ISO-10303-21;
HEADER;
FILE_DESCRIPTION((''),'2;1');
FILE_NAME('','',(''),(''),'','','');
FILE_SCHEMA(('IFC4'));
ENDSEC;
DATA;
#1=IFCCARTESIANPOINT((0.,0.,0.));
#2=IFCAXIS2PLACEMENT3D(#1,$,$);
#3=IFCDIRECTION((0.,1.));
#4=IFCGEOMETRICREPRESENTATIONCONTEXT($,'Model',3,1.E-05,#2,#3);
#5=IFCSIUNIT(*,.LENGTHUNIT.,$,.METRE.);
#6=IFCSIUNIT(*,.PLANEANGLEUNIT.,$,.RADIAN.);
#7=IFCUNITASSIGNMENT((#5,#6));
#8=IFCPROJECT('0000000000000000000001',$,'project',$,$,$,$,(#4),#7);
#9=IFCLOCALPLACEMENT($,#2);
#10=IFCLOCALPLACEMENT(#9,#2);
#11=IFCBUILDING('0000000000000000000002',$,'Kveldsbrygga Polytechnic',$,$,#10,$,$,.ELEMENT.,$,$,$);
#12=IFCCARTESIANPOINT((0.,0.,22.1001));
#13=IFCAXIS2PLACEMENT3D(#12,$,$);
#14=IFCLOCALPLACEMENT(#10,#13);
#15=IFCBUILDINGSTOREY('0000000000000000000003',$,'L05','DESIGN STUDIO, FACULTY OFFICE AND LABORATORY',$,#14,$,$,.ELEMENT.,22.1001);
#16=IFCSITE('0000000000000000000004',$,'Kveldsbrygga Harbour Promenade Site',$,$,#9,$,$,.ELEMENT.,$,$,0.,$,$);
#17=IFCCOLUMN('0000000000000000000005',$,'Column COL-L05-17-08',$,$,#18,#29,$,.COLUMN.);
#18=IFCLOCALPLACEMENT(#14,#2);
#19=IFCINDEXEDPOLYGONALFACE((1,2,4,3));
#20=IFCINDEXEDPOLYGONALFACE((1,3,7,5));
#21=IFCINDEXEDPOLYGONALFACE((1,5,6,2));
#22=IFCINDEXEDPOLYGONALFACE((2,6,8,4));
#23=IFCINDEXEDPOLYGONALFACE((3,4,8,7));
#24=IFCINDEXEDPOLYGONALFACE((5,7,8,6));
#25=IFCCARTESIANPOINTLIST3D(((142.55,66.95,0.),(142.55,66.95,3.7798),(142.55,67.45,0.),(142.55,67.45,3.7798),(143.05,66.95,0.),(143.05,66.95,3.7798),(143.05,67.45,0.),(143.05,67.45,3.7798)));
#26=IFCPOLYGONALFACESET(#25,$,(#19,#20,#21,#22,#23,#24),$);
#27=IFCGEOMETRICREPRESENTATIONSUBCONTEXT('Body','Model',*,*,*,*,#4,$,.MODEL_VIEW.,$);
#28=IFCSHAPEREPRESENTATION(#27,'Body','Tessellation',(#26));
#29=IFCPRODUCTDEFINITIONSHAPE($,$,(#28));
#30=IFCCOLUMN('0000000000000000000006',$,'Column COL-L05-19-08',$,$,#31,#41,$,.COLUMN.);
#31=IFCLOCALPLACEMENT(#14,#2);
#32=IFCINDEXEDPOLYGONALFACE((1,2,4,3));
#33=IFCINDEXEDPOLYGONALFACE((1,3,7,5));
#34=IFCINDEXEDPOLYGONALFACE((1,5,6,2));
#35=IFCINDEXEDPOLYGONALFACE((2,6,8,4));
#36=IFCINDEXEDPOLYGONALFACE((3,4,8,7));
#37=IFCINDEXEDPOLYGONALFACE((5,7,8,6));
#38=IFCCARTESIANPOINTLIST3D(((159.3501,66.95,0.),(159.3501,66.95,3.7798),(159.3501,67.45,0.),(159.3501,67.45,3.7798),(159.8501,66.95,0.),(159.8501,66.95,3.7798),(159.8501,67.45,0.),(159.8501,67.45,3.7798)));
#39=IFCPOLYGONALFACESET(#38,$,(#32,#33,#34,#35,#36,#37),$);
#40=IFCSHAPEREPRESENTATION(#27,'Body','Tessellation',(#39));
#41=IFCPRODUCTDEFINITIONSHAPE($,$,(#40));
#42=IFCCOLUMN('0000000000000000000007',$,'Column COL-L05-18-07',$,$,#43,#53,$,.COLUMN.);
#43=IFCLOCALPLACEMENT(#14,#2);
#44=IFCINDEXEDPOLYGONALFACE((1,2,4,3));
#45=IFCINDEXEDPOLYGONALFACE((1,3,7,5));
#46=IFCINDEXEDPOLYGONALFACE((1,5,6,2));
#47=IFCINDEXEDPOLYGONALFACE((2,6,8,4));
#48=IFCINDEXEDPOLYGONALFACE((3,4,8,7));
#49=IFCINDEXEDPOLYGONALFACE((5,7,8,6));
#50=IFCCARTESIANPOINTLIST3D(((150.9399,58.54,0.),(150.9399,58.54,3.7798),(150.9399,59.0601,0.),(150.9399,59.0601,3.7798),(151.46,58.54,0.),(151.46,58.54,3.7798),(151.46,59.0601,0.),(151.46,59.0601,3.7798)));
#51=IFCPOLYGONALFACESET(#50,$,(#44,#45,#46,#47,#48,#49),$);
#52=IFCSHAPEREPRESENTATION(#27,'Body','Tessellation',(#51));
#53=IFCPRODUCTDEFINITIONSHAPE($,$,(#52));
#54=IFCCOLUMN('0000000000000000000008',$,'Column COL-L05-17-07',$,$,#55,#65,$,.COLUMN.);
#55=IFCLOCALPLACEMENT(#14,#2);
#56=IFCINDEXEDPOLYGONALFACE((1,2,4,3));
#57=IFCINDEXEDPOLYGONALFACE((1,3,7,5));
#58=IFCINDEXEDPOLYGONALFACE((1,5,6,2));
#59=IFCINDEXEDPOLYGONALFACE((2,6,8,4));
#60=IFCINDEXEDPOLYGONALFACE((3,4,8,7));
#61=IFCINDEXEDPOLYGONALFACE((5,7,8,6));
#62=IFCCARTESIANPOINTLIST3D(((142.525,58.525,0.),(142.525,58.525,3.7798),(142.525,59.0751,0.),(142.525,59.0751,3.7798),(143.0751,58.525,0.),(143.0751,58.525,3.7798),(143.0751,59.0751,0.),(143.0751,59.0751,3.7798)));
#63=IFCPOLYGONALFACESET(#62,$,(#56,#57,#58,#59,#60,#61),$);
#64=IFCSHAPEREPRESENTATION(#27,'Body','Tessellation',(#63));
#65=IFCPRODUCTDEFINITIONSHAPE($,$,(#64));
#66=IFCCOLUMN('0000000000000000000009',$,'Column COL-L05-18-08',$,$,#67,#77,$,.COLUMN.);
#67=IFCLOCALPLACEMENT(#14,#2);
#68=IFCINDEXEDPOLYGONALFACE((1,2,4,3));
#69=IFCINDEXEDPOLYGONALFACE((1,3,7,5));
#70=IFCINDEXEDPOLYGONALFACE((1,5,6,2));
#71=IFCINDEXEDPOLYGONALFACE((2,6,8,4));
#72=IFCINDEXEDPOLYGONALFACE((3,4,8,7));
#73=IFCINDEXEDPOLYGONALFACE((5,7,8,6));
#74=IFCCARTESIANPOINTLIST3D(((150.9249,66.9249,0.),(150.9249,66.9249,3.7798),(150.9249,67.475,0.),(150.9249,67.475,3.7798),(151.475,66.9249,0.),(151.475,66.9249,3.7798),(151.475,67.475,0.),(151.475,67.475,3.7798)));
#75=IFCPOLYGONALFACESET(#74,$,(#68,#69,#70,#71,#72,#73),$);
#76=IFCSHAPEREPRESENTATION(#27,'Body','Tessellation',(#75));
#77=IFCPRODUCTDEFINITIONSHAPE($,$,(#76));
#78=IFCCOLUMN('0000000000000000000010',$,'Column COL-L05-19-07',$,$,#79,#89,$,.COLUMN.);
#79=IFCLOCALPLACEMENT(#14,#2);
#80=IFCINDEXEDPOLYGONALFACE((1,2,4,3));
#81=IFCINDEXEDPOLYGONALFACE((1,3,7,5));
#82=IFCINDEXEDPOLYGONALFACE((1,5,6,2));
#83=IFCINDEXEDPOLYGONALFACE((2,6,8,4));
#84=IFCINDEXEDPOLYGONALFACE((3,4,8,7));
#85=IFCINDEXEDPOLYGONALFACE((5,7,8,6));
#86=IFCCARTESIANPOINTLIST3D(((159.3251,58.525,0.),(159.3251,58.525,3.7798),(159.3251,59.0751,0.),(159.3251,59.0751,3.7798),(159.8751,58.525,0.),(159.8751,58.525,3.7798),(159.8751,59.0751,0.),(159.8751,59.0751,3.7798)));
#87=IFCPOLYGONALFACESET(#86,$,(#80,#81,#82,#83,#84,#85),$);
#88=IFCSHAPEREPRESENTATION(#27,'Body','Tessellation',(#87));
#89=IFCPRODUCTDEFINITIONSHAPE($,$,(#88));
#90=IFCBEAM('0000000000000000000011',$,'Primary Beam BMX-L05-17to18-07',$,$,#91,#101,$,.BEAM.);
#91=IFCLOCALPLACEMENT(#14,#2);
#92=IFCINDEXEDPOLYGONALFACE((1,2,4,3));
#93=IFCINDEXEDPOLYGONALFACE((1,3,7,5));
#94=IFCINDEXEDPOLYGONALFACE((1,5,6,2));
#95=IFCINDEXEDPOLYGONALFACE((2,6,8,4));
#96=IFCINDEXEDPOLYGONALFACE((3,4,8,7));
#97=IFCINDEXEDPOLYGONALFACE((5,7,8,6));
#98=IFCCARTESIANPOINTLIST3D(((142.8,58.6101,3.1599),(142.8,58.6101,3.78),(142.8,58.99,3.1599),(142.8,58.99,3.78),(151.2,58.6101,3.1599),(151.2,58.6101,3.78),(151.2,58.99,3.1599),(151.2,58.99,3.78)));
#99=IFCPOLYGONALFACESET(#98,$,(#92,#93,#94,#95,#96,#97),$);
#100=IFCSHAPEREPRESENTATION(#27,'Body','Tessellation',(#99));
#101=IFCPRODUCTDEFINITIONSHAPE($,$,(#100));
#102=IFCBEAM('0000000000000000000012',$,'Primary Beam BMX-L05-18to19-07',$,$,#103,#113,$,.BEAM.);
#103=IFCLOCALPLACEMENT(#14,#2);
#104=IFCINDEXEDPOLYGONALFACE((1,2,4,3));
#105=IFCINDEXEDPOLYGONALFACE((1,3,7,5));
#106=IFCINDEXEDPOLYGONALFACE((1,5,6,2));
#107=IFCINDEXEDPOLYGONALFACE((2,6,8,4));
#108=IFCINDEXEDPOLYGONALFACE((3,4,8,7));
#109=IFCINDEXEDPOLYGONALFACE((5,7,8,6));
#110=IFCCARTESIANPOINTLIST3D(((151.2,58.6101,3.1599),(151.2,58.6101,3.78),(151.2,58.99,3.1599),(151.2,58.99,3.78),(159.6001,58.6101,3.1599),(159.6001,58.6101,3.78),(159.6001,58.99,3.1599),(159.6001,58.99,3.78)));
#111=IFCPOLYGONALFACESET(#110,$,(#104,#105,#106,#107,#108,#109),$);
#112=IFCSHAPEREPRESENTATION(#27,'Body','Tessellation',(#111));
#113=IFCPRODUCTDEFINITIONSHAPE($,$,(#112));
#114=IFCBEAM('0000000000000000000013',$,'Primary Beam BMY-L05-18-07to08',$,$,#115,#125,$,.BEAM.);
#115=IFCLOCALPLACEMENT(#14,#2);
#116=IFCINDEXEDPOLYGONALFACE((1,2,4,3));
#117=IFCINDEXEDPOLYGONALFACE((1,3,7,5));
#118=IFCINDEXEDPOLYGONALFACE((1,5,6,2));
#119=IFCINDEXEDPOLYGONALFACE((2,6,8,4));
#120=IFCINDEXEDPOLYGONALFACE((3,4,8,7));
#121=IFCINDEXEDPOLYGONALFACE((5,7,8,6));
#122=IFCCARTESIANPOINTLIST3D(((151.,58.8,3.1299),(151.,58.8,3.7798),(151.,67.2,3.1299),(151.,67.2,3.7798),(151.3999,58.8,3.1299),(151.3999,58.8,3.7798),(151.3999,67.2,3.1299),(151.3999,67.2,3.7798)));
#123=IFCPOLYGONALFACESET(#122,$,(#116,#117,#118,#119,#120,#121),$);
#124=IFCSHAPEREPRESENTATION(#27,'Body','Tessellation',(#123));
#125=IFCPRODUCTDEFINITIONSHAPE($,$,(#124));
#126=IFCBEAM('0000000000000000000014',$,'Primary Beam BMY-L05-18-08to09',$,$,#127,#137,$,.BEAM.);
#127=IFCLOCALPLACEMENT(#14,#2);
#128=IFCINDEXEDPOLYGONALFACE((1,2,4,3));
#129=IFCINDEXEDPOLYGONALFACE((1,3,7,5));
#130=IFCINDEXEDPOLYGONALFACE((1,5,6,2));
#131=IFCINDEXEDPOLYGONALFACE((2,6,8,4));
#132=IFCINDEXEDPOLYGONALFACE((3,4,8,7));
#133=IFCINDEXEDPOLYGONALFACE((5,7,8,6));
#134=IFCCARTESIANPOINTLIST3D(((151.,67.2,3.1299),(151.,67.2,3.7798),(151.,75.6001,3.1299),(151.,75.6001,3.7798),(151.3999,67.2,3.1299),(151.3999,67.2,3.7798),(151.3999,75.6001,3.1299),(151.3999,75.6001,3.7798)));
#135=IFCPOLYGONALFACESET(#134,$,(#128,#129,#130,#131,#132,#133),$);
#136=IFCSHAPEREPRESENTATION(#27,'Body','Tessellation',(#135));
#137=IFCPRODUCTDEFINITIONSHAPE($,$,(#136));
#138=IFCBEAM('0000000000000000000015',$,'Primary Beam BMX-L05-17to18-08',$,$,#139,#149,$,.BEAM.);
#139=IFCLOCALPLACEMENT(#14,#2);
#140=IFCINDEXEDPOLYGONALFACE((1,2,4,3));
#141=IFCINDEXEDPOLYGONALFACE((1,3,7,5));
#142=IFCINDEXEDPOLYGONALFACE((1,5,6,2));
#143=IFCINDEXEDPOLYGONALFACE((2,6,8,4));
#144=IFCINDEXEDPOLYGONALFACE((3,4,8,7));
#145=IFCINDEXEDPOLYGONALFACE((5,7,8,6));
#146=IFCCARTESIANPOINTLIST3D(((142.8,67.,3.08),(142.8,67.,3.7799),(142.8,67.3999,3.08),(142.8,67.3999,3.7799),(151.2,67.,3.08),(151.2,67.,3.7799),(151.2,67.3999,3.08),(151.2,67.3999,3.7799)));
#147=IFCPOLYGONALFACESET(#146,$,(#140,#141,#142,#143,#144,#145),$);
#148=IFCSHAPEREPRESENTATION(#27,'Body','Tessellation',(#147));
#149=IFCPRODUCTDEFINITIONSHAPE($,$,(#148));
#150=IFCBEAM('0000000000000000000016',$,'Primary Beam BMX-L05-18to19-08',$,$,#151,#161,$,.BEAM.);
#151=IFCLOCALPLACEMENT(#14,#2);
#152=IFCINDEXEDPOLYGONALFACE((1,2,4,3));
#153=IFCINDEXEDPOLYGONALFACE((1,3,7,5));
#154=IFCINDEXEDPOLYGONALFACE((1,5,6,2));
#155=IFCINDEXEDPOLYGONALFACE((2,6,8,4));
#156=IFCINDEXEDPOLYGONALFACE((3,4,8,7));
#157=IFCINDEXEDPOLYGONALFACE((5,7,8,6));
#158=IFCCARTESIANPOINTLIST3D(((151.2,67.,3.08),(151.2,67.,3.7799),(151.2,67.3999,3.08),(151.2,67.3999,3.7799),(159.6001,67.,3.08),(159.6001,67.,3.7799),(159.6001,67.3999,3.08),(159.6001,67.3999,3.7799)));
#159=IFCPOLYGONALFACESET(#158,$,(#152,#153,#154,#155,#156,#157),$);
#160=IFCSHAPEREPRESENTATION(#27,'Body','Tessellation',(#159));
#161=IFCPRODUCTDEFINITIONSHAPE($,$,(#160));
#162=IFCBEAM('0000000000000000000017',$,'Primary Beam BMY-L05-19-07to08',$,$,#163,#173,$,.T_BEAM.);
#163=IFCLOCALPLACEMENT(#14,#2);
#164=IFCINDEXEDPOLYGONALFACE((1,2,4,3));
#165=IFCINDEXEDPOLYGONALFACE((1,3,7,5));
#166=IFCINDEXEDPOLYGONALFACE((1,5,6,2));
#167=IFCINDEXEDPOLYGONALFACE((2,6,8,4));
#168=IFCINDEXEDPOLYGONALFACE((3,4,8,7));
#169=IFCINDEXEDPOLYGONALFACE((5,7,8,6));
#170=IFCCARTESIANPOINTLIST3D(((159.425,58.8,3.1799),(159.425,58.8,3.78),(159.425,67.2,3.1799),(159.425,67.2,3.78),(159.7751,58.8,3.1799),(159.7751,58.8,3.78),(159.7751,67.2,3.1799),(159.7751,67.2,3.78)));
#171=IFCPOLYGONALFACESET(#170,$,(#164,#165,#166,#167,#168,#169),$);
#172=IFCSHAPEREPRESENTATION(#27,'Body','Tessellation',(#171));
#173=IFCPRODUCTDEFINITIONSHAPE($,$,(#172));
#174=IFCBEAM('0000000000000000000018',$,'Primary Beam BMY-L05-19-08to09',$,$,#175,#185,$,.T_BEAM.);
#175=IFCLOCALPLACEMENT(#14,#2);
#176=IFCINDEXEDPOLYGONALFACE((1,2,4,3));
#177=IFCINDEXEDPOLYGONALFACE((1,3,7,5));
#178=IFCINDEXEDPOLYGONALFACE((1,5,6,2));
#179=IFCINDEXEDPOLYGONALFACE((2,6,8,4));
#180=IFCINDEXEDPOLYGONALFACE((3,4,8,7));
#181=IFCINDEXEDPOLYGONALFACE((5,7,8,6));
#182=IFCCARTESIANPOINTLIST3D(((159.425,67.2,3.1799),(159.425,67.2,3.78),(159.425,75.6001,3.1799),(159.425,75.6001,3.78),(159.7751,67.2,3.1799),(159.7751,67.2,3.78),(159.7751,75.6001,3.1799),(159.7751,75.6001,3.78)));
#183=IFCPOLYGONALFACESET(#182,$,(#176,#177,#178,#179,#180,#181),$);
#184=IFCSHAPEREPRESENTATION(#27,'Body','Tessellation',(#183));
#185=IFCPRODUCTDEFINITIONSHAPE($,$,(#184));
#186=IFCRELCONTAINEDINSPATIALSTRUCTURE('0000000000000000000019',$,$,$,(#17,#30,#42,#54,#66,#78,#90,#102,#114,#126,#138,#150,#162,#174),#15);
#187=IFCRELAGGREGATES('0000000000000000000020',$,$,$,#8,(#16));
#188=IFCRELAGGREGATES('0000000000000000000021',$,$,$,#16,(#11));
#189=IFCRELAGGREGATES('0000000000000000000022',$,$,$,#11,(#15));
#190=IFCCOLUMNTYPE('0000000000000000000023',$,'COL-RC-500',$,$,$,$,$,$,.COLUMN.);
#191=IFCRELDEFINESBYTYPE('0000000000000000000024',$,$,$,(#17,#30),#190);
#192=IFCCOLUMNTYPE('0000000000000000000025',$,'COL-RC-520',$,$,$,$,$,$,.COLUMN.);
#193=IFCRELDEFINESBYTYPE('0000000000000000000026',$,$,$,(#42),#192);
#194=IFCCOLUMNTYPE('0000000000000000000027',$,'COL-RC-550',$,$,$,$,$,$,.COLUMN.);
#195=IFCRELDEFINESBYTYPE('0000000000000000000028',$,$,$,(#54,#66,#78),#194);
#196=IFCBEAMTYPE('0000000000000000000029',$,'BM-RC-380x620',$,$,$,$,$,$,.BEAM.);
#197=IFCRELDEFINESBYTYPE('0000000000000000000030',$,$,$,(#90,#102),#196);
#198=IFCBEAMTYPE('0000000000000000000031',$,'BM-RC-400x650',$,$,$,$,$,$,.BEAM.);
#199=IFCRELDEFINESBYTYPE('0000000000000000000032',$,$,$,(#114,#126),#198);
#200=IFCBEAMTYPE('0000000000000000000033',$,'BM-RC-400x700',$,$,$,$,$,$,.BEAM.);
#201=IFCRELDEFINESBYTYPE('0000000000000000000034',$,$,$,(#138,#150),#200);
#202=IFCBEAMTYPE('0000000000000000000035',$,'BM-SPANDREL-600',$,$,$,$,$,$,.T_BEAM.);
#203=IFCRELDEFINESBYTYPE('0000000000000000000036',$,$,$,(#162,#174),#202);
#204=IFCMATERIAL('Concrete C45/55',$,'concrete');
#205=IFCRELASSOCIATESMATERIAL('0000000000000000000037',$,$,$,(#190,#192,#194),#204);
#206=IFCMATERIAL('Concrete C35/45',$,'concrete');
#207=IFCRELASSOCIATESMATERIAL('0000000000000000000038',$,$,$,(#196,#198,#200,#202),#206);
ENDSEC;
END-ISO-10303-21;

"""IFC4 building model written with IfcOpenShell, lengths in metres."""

from ifc_helpers import new_model, si_unit, direction, frame, origin, origin_2d, place, context, subcontext, project, spatial, rectangle, extrude, material, material_profile, profile_set, type_object, element, save


model = new_model("IFC4")

# Units and contexts
model_context = context("Model", 3, precision=1e-05, world=origin(), true_north=direction((0.0, 1.0)))
body_context = subcontext(model_context, "Body", "Model", "MODEL_VIEW")
ifc_project = project(units=[si_unit("LENGTHUNIT", "METRE"), si_unit("PLANEANGLEUNIT", "RADIAN")], contexts=[model_context])

# Site, building, storey
site_placement = place(None, origin())
site = spatial("IfcSite", under=ifc_project, at=site_placement, Name="Kveldsbrygga Harbour Promenade Site", CompositionType="ELEMENT", RefElevation=0.0)
building_placement = place(site_placement, origin())
building = spatial("IfcBuilding", under=site, at=building_placement, Name="Kveldsbrygga Polytechnic", CompositionType="ELEMENT")
storey_placement = place(building_placement, frame((0.0, 0.0, 22.1001)))
storey = spatial("IfcBuildingStorey", under=building, at=storey_placement, Name="L05", Description="DESIGN STUDIO, FACULTY OFFICE AND LABORATORY", CompositionType="ELEMENT", Elevation=22.1001)

# Columns
ifc_material_1 = material(Name="Concrete C45/55", Category="concrete")
ifc_material_profile_1 = material_profile(ifc_material_1, rectangle(XDim=0.5, YDim=0.5, at=origin_2d()), Name="RC 500x500")
ifc_profile_set_1 = profile_set([ifc_material_profile_1], Name="Concrete C45/55")
column_type_1 = type_object("IfcColumnType", Name="COL-RC-500", PredefinedType="COLUMN", material=ifc_profile_set_1)
for number, where, z_axis, x_axis, name in (
    (1, (142.8, 67.2, 0.0), (0.0, 0.0, 1.0), (1.0, 0.0, 0.0), "Column COL-L05-17-08"),
    (2, (159.6001, 67.2, 0.0), (0.0, 0.0, 1.0), (1.0, 0.0, 0.0), "Column COL-L05-19-08"),
):
    element("IfcColumn", number, at=place(storey_placement, frame(where, z_axis=z_axis, x_axis=x_axis)), inside=storey, type_object=column_type_1, Name=name, PredefinedType="COLUMN", context=body_context, shape_type="SweptSolid", body=[
        extrude(rectangle(XDim=0.5, YDim=0.5, at=origin_2d()), origin(), (0.0, 0.0, 1.0), 3.7798),
    ])
ifc_material_profile_2 = material_profile(ifc_material_1, rectangle(XDim=0.52, YDim=0.52, at=origin_2d()), Name="RC 520x520")
ifc_profile_set_2 = profile_set([ifc_material_profile_2], Name="Concrete C45/55")
column_type_2 = type_object("IfcColumnType", Name="COL-RC-520", PredefinedType="COLUMN", material=ifc_profile_set_2)
column_placement = place(storey_placement, frame((151.2, 58.8, 0.0), z_axis=(0.0, 0.0, 1.0), x_axis=(1.0, 0.0, 0.0)))
element("IfcColumn", 3, at=column_placement, inside=storey, type_object=column_type_2, Name="Column COL-L05-18-07", PredefinedType="COLUMN", context=body_context, shape_type="SweptSolid", body=[
    extrude(rectangle(XDim=0.52, YDim=0.52, at=origin_2d()), origin(), (0.0, 0.0, 1.0), 3.7798),
])
ifc_material_profile_3 = material_profile(ifc_material_1, rectangle(XDim=0.55, YDim=0.55, at=origin_2d()), Name="RC 550x550")
ifc_profile_set_3 = profile_set([ifc_material_profile_3], Name="Concrete C45/55")
column_type_3 = type_object("IfcColumnType", Name="COL-RC-550", PredefinedType="COLUMN", material=ifc_profile_set_3)
for number, where, z_axis, x_axis, name in (
    (4, (142.8, 58.8, 0.0), (0.0, 0.0, 1.0), (1.0, 0.0, 0.0), "Column COL-L05-17-07"),
    (5, (151.2, 67.2, 0.0), (0.0, 0.0, 1.0), (1.0, 0.0, 0.0), "Column COL-L05-18-08"),
    (6, (159.6001, 58.8, 0.0), (0.0, 0.0, 1.0), (1.0, 0.0, 0.0), "Column COL-L05-19-07"),
):
    element("IfcColumn", number, at=place(storey_placement, frame(where, z_axis=z_axis, x_axis=x_axis)), inside=storey, type_object=column_type_3, Name=name, PredefinedType="COLUMN", context=body_context, shape_type="SweptSolid", body=[
        extrude(rectangle(XDim=0.55, YDim=0.55, at=origin_2d()), origin(), (0.0, 0.0, 1.0), 3.7798),
    ])

# Beams
ifc_material_2 = material(Name="Concrete C35/45", Category="concrete")
ifc_material_profile_4 = material_profile(ifc_material_2, rectangle(XDim=0.3799, YDim=0.6201, at=origin_2d()), Name="RC 380x620")
ifc_profile_set_4 = profile_set([ifc_material_profile_4], Name="Concrete C35/45")
beam_type_1 = type_object("IfcBeamType", Name="BM-RC-380x620", PredefinedType="BEAM", material=ifc_profile_set_4)
beam_1_placement = place(storey_placement, frame((142.8, 58.8, 3.47), z_axis=(1.0, 0.0, 0.0), x_axis=(0.0, 1.0, 0.0)))
element("IfcBeam", 7, at=beam_1_placement, inside=storey, type_object=beam_type_1, Name="Primary Beam BMX-L05-17to18-07", PredefinedType="BEAM", context=body_context, shape_type="SweptSolid", body=[
    extrude(rectangle(XDim=0.3799, YDim=0.6201, at=origin_2d()), origin(), (0.0, 0.0, 1.0), 8.3999),
])
beam_2_placement = place(storey_placement, frame((151.2, 58.8, 3.47), z_axis=(1.0, 0.0, 0.0), x_axis=(0.0, 1.0, 0.0)))
element("IfcBeam", 8, at=beam_2_placement, inside=storey, type_object=beam_type_1, Name="Primary Beam BMX-L05-18to19-07", PredefinedType="BEAM", context=body_context, shape_type="SweptSolid", body=[
    extrude(rectangle(XDim=0.3799, YDim=0.6201, at=origin_2d()), origin(), (0.0, 0.0, 1.0), 8.4001),
])
ifc_material_profile_5 = material_profile(ifc_material_2, rectangle(XDim=0.3999, YDim=0.6499, at=origin_2d()), Name="RC 400x650")
ifc_profile_set_5 = profile_set([ifc_material_profile_5], Name="Concrete C35/45")
beam_type_2 = type_object("IfcBeamType", Name="BM-RC-400x650", PredefinedType="BEAM", material=ifc_profile_set_5)
beam_3_placement = place(storey_placement, frame((151.2, 58.8, 3.4548), z_axis=(0.0, 1.0, 0.0), x_axis=(-1.0, 0.0, 0.0)))
element("IfcBeam", 9, at=beam_3_placement, inside=storey, type_object=beam_type_2, Name="Primary Beam BMY-L05-18-07to08", PredefinedType="BEAM", context=body_context, shape_type="SweptSolid", body=[
    extrude(rectangle(XDim=0.3999, YDim=0.6499, at=origin_2d()), origin(), (0.0, 0.0, 1.0), 8.3999),
])
beam_4_placement = place(storey_placement, frame((151.2, 67.2, 3.4548), z_axis=(0.0, 1.0, 0.0), x_axis=(-1.0, 0.0, 0.0)))
element("IfcBeam", 10, at=beam_4_placement, inside=storey, type_object=beam_type_2, Name="Primary Beam BMY-L05-18-08to09", PredefinedType="BEAM", context=body_context, shape_type="SweptSolid", body=[
    extrude(rectangle(XDim=0.3999, YDim=0.6499, at=origin_2d()), origin(), (0.0, 0.0, 1.0), 8.4001),
])
ifc_material_profile_6 = material_profile(ifc_material_2, rectangle(XDim=0.3999, YDim=0.7, at=origin_2d()), Name="RC 400x700")
ifc_profile_set_6 = profile_set([ifc_material_profile_6], Name="Concrete C35/45")
beam_type_3 = type_object("IfcBeamType", Name="BM-RC-400x700", PredefinedType="BEAM", material=ifc_profile_set_6)
beam_5_placement = place(storey_placement, frame((142.8, 67.2, 3.4299), z_axis=(1.0, 0.0, 0.0), x_axis=(0.0, 1.0, 0.0)))
element("IfcBeam", 11, at=beam_5_placement, inside=storey, type_object=beam_type_3, Name="Primary Beam BMX-L05-17to18-08", PredefinedType="BEAM", context=body_context, shape_type="SweptSolid", body=[
    extrude(rectangle(XDim=0.3999, YDim=0.7, at=origin_2d()), origin(), (0.0, 0.0, 1.0), 8.3999),
])
beam_6_placement = place(storey_placement, frame((151.2, 67.2, 3.4299), z_axis=(1.0, 0.0, 0.0), x_axis=(0.0, 1.0, 0.0)))
element("IfcBeam", 12, at=beam_6_placement, inside=storey, type_object=beam_type_3, Name="Primary Beam BMX-L05-18to19-08", PredefinedType="BEAM", context=body_context, shape_type="SweptSolid", body=[
    extrude(rectangle(XDim=0.3999, YDim=0.7, at=origin_2d()), origin(), (0.0, 0.0, 1.0), 8.4001),
])
ifc_material_profile_7 = material_profile(ifc_material_2, rectangle(XDim=0.3501, YDim=0.6001, at=origin_2d()), Name="RC 350x600")
ifc_profile_set_7 = profile_set([ifc_material_profile_7], Name="Concrete C35/45")
beam_type_4 = type_object("IfcBeamType", Name="BM-SPANDREL-600", PredefinedType="T_BEAM", material=ifc_profile_set_7)
beam_7_placement = place(storey_placement, frame((159.6001, 58.8, 3.48), z_axis=(0.0, 1.0, 0.0), x_axis=(-1.0, 0.0, 0.0)))
element("IfcBeam", 13, at=beam_7_placement, inside=storey, type_object=beam_type_4, Name="Primary Beam BMY-L05-19-07to08", PredefinedType="T_BEAM", context=body_context, shape_type="SweptSolid", body=[
    extrude(rectangle(XDim=0.3501, YDim=0.6001, at=origin_2d()), origin(), (0.0, 0.0, 1.0), 8.3999),
])
beam_8_placement = place(storey_placement, frame((159.6001, 67.2, 3.48), z_axis=(0.0, 1.0, 0.0), x_axis=(-1.0, 0.0, 0.0)))
element("IfcBeam", 14, at=beam_8_placement, inside=storey, type_object=beam_type_4, Name="Primary Beam BMY-L05-19-08to09", PredefinedType="T_BEAM", context=body_context, shape_type="SweptSolid", body=[
    extrude(rectangle(XDim=0.3501, YDim=0.6001, at=origin_2d()), origin(), (0.0, 0.0, 1.0), 8.4001),
])

save(model, "model.ifc")
